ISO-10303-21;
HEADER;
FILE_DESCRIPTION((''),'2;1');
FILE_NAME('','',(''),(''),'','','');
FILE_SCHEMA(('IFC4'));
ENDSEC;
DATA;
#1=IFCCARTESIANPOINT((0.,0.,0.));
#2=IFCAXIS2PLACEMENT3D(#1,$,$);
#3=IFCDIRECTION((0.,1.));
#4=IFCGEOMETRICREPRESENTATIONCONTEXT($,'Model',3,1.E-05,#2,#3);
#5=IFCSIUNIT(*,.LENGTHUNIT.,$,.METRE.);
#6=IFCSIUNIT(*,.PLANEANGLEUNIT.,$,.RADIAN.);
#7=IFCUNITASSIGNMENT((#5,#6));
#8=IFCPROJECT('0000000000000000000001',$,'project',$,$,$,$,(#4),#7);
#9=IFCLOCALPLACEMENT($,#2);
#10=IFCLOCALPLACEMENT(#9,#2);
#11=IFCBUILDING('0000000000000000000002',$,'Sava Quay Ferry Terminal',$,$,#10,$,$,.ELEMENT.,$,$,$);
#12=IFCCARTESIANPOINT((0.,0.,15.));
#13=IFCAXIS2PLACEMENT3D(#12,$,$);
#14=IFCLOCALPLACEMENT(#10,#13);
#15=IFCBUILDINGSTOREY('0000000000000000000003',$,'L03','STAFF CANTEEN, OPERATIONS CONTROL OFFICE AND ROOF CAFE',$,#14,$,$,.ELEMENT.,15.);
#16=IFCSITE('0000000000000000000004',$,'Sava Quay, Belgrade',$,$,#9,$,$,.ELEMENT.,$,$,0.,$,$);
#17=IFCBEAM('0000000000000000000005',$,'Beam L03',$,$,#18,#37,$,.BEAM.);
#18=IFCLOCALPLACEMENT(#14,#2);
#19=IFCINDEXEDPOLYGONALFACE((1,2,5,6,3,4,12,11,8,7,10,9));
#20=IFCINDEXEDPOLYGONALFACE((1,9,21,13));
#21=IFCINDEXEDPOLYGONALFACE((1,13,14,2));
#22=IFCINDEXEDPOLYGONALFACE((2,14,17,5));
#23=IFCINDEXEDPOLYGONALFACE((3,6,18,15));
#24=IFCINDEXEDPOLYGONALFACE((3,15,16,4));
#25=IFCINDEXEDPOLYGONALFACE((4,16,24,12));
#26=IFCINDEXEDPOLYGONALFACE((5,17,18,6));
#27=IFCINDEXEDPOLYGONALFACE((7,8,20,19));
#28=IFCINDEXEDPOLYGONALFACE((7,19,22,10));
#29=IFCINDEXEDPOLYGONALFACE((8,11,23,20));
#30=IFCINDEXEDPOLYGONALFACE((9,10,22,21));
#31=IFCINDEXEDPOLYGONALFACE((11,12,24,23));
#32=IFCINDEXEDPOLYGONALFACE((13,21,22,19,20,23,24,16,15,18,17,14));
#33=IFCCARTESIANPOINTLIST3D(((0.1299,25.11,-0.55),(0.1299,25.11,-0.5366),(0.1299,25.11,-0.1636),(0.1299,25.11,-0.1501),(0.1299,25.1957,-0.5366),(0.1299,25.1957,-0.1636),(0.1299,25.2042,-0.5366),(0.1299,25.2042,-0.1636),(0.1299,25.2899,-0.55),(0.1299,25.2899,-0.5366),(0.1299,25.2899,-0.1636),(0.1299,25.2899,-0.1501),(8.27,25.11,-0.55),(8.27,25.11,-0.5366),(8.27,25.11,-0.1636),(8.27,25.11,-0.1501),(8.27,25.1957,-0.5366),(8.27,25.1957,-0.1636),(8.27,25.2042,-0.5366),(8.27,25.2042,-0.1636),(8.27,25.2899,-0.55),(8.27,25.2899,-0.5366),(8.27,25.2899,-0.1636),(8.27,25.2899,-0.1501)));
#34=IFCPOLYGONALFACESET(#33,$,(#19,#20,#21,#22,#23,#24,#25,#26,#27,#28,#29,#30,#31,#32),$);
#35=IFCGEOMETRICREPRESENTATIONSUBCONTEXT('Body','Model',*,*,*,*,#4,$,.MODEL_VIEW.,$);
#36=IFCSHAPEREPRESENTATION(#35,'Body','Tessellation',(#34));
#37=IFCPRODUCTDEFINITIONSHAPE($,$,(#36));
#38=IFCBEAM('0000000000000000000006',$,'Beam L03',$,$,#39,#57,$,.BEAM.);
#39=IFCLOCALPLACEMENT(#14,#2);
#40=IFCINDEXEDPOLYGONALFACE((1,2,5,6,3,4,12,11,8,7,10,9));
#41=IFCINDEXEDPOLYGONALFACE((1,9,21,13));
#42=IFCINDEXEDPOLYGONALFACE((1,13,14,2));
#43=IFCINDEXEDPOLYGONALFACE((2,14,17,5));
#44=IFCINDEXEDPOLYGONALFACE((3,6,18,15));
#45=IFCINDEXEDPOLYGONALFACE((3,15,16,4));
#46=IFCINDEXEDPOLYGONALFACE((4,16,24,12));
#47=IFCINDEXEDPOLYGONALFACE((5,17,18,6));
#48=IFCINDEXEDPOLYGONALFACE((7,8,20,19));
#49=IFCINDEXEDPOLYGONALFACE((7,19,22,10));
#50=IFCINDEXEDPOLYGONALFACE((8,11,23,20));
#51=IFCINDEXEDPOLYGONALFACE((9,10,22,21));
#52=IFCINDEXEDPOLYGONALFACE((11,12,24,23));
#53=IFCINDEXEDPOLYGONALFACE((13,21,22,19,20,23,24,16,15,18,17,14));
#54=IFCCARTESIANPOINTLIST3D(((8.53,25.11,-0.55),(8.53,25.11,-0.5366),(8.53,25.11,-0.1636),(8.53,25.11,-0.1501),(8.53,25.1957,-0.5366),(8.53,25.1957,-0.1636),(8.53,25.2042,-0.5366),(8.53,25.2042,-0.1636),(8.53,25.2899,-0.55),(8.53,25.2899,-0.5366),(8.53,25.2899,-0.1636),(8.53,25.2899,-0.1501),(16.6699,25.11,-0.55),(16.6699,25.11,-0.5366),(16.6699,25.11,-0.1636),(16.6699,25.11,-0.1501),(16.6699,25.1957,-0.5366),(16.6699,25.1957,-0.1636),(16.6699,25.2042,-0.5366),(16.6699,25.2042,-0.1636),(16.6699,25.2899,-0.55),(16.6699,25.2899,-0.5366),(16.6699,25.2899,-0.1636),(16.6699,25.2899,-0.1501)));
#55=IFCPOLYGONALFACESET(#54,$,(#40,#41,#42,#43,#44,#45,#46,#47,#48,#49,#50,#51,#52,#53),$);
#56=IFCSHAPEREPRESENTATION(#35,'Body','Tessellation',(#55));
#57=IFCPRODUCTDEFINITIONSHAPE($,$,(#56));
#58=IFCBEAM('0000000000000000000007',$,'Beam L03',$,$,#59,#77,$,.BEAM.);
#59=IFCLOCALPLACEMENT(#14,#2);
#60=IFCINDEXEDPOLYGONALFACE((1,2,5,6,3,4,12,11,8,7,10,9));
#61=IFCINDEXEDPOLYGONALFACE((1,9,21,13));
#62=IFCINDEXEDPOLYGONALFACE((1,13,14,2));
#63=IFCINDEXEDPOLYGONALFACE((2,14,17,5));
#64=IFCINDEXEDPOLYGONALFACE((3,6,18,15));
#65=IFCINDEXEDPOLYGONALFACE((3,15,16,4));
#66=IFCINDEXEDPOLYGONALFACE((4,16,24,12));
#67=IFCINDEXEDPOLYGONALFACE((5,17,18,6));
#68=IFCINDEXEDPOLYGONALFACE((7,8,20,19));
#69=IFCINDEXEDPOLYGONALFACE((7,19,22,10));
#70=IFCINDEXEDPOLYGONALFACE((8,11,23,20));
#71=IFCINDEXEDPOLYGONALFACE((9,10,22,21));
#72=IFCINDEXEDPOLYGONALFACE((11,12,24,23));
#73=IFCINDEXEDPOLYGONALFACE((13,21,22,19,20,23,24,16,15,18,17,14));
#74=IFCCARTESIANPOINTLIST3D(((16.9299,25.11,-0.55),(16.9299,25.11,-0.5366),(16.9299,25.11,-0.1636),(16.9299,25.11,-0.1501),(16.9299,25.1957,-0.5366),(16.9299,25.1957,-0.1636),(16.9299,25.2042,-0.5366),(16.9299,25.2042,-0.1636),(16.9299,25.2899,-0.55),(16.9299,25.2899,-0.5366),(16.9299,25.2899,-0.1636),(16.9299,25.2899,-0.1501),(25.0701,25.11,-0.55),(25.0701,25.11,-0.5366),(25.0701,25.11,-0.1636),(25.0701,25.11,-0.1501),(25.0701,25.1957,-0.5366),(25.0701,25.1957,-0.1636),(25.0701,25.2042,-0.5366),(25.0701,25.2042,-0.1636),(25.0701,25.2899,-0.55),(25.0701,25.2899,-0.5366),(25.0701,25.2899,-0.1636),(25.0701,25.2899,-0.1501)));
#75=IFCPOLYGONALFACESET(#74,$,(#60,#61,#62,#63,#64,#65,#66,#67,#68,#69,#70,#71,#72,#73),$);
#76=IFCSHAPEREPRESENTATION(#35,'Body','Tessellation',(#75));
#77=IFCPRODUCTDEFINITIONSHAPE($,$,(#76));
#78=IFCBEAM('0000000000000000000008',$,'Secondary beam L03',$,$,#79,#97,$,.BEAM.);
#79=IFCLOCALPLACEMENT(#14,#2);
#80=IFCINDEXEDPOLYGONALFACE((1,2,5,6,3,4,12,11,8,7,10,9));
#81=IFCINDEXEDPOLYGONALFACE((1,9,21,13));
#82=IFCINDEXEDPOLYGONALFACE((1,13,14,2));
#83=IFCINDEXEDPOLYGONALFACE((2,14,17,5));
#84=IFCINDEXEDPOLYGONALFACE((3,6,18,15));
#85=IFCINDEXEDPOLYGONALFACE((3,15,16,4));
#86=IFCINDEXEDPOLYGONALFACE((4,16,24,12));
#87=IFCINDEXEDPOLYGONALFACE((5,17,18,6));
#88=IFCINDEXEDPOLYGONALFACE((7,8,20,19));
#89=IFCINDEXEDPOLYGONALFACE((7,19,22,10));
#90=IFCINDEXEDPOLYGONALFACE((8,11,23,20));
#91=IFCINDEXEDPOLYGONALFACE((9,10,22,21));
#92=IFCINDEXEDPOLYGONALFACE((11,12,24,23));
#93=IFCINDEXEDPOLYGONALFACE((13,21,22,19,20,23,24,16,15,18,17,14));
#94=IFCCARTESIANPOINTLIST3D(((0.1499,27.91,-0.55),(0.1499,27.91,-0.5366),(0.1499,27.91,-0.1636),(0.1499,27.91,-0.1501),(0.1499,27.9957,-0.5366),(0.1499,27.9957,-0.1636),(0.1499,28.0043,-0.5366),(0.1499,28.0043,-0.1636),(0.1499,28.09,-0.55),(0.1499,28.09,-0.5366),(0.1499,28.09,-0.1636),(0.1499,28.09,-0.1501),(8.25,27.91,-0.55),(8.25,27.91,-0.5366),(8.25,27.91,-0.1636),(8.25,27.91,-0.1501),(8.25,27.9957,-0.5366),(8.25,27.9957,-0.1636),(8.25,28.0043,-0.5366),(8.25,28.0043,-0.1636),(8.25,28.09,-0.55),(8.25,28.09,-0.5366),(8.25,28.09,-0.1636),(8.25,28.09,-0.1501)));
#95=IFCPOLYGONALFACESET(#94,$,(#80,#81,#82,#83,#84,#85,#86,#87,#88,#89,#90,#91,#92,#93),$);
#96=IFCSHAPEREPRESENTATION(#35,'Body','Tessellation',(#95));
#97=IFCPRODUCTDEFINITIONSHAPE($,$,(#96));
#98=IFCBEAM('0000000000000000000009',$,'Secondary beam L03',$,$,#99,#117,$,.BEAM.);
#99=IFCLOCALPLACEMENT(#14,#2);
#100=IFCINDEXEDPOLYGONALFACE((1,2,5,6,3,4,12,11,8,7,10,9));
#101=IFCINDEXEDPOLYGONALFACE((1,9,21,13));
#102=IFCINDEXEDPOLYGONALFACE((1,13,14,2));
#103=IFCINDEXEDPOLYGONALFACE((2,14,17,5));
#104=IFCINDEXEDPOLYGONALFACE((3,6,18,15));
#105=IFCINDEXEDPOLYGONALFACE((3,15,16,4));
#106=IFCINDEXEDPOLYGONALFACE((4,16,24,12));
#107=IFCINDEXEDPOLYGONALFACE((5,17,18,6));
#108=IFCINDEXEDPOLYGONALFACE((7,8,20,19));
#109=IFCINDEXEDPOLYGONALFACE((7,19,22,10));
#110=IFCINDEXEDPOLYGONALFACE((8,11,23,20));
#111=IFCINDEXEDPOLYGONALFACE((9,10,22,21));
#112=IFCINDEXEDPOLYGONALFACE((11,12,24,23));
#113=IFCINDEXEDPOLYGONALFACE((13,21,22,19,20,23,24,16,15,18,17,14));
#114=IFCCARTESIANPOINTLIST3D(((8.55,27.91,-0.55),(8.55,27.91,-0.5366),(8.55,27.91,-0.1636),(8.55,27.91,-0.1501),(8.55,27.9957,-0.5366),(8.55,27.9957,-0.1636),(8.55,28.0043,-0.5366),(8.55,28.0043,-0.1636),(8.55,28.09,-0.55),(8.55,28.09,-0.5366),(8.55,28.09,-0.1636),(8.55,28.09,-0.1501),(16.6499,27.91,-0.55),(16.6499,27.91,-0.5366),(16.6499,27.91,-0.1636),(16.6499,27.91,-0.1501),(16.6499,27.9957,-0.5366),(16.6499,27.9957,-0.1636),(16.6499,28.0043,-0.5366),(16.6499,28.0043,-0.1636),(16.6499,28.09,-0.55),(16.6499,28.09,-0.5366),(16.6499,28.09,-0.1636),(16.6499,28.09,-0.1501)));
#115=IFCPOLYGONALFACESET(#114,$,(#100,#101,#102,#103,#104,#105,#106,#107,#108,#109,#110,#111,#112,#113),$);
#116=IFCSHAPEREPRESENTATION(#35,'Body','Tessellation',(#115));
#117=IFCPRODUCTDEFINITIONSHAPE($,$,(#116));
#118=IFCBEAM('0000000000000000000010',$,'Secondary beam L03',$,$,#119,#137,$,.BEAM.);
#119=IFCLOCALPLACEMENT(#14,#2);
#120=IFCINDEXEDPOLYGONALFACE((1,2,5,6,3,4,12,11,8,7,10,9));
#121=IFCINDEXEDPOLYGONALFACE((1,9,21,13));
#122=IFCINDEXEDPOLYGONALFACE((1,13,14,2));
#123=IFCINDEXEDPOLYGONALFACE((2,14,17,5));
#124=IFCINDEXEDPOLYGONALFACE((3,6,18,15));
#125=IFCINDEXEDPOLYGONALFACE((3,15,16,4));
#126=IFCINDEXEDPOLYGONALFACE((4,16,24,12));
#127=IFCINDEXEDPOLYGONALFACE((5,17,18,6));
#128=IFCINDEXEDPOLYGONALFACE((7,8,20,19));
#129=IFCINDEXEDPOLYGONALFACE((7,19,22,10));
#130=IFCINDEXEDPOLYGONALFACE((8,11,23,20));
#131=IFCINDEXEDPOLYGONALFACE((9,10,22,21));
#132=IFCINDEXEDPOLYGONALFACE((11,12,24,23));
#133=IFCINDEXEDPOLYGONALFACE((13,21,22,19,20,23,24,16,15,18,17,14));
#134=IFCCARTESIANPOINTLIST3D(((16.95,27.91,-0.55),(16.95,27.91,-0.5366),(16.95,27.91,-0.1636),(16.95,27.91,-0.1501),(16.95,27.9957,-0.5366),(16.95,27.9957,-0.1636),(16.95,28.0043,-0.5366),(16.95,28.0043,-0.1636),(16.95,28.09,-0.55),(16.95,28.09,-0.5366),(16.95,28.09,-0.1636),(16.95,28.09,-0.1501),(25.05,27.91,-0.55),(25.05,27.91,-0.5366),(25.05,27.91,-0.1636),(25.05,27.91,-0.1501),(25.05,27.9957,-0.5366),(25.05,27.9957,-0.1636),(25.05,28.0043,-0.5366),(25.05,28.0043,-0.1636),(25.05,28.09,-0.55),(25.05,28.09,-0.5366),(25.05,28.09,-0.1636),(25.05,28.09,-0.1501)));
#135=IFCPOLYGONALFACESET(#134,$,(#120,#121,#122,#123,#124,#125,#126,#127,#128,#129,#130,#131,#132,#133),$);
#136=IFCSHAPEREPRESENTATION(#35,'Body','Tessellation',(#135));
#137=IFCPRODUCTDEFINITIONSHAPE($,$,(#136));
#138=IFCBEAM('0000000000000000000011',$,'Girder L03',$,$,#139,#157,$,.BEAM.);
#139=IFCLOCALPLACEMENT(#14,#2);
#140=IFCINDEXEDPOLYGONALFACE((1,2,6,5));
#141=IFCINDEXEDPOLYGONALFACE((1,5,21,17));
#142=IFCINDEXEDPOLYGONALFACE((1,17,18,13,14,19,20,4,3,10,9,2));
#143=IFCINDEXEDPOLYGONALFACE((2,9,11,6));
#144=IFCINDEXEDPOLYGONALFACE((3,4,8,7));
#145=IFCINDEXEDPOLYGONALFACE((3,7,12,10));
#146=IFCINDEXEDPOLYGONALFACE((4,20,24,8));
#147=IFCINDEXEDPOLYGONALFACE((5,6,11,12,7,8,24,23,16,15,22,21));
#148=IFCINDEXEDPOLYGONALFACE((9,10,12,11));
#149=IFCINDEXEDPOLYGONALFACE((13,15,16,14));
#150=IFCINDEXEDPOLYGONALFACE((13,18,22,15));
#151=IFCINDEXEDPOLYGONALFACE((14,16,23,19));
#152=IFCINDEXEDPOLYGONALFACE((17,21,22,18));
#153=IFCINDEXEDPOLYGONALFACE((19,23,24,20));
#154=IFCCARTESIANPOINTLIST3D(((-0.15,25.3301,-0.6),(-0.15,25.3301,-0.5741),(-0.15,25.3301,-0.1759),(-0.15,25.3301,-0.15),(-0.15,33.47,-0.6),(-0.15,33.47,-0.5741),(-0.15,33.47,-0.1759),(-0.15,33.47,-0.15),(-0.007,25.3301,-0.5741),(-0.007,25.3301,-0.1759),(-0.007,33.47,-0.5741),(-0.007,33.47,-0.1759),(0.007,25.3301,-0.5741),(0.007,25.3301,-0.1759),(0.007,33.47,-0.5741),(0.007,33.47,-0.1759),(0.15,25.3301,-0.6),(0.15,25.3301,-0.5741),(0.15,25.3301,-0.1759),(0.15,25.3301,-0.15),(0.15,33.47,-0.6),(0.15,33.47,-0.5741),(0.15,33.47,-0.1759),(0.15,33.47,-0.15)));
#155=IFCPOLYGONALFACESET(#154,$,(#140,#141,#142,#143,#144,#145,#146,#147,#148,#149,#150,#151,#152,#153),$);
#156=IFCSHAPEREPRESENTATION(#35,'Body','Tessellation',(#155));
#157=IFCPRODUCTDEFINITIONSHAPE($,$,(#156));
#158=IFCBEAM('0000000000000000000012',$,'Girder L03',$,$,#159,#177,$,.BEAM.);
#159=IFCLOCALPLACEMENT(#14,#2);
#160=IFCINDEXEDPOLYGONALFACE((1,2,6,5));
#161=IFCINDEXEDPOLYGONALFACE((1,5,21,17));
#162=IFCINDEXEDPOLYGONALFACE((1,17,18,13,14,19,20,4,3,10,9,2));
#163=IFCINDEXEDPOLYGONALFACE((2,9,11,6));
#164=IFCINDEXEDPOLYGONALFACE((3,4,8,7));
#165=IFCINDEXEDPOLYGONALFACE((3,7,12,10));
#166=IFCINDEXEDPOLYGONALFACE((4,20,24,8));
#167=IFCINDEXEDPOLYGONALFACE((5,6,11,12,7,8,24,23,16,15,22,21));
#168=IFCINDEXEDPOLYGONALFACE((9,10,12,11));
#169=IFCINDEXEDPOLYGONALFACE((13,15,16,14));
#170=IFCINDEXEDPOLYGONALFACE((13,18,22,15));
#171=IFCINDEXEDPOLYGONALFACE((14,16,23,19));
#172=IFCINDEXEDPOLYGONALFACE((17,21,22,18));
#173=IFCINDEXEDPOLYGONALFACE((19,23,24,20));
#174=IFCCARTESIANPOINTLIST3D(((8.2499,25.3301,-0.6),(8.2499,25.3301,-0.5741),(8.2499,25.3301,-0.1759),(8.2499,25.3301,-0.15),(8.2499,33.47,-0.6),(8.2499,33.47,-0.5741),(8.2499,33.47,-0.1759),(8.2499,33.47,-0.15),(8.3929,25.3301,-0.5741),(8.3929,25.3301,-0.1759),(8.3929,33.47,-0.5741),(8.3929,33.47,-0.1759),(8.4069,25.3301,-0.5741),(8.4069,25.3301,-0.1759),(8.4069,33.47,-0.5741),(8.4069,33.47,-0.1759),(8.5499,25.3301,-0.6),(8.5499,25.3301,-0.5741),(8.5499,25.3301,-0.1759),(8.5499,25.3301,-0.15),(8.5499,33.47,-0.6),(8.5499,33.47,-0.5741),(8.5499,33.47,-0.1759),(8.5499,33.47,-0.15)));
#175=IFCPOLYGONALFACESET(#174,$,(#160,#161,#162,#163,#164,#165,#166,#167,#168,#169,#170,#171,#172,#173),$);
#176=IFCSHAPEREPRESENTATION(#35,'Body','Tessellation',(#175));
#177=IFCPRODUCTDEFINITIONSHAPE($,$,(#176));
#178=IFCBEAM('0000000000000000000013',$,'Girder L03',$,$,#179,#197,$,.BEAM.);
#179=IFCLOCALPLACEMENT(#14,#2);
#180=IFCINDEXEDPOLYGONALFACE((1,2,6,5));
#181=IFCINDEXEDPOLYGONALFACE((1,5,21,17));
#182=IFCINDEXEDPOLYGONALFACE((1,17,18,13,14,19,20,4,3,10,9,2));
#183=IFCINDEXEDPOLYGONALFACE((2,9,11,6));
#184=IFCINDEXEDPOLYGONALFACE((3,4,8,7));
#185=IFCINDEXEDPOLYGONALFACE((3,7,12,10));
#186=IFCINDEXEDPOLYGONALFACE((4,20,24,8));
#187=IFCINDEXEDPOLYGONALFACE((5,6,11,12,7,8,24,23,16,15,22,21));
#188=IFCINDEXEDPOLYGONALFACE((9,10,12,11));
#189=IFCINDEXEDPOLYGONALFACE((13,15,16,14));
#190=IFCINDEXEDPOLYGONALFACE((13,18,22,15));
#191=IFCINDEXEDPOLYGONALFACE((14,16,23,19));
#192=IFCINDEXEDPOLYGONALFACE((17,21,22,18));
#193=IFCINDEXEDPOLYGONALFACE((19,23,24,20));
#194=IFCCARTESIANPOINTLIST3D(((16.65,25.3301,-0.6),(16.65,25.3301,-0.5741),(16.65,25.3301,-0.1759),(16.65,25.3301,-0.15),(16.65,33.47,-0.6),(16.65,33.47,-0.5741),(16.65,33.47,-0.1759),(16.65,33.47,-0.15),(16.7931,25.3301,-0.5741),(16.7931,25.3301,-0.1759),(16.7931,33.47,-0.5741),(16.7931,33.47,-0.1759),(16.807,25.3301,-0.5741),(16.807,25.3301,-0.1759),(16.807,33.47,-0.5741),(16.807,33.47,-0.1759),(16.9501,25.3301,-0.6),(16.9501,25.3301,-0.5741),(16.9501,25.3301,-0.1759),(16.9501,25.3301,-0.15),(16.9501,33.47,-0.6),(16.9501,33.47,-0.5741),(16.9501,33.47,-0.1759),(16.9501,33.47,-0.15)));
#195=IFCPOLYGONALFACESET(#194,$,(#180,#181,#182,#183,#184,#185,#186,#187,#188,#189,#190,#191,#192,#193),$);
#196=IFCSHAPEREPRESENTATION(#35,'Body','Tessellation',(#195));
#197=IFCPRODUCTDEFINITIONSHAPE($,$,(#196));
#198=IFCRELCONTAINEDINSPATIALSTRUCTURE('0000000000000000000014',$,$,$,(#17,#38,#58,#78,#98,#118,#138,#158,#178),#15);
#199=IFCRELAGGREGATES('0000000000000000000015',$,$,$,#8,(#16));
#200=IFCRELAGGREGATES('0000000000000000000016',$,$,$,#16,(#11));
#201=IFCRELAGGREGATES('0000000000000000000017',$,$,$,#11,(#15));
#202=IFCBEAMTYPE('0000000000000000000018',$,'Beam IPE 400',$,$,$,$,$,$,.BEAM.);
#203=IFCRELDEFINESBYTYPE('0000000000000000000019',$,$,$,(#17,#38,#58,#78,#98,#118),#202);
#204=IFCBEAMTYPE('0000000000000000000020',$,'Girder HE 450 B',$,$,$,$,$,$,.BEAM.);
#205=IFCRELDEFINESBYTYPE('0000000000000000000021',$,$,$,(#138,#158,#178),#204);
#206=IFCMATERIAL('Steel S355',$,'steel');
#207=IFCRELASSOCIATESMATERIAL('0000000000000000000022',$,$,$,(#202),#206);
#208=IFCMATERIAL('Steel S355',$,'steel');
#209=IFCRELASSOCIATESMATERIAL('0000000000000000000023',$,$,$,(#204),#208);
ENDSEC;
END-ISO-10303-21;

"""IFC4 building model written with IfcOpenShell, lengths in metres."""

from ifc_helpers import new_model, si_unit, direction, frame, origin, origin_2d, place, context, subcontext, project, spatial, i_section, extrude, material, material_profile, profile_set, type_object, element, save


model = new_model("IFC4")

# Units and contexts
model_context = context("Model", 3, precision=1e-05, world=origin(), true_north=direction((0.0, 1.0)))
body_context = subcontext(model_context, "Body", "Model", "MODEL_VIEW")
ifc_project = project(units=[si_unit("LENGTHUNIT", "METRE"), si_unit("PLANEANGLEUNIT", "RADIAN")], contexts=[model_context])

# Site, building, storey
site_placement = place(None, origin())
site = spatial("IfcSite", under=ifc_project, at=site_placement, Name="Sava Quay, Belgrade", CompositionType="ELEMENT", RefElevation=0.0)
building_placement = place(site_placement, origin())
building = spatial("IfcBuilding", under=site, at=building_placement, Name="Sava Quay Ferry Terminal", CompositionType="ELEMENT")
storey_placement = place(building_placement, frame((0.0, 0.0, 15.0)))
storey = spatial("IfcBuildingStorey", under=building, at=storey_placement, Name="L03", Description="STAFF CANTEEN, OPERATIONS CONTROL OFFICE AND ROOF CAFE", CompositionType="ELEMENT", Elevation=15.0)

# Beams
ifc_material_1 = material(Name="Steel S355", Category="steel")
ifc_material_profile_1 = material_profile(ifc_material_1, i_section(OverallWidth=0.1799, OverallDepth=0.3999, WebThickness=0.0085, FlangeThickness=0.0134, at=origin_2d()), Name="IPE 400")
ifc_profile_set_1 = profile_set([ifc_material_profile_1], Name="Steel S355")
beam_type_1 = type_object("IfcBeamType", Name="Beam IPE 400", PredefinedType="BEAM", material=ifc_profile_set_1)
beam_1_placement = place(storey_placement, frame((0.1299, 25.2, -0.3501), z_axis=(1.0, 0.0, 0.0), x_axis=(0.0, 1.0, 0.0)))
element("IfcBeam", 1, at=beam_1_placement, inside=storey, type_object=beam_type_1, Name="Beam L03", PredefinedType="BEAM", context=body_context, shape_type="SweptSolid", body=[
    extrude(i_section(OverallWidth=0.1799, OverallDepth=0.3999, WebThickness=0.0085, FlangeThickness=0.0134, at=origin_2d()), origin(), (0.0, 0.0, 1.0), 8.1401),
])
beam_2_placement = place(storey_placement, frame((8.53, 25.2, -0.3501), z_axis=(1.0, 0.0, 0.0), x_axis=(0.0, 1.0, 0.0)))
element("IfcBeam", 2, at=beam_2_placement, inside=storey, type_object=beam_type_1, Name="Beam L03", PredefinedType="BEAM", context=body_context, shape_type="SweptSolid", body=[
    extrude(i_section(OverallWidth=0.1799, OverallDepth=0.3999, WebThickness=0.0085, FlangeThickness=0.0134, at=origin_2d()), origin(), (0.0, 0.0, 1.0), 8.1399),
])
beam_3_placement = place(storey_placement, frame((16.9299, 25.2, -0.3501), z_axis=(1.0, 0.0, 0.0), x_axis=(0.0, 1.0, 0.0)))
element("IfcBeam", 3, at=beam_3_placement, inside=storey, type_object=beam_type_1, Name="Beam L03", PredefinedType="BEAM", context=body_context, shape_type="SweptSolid", body=[
    extrude(i_section(OverallWidth=0.1799, OverallDepth=0.3999, WebThickness=0.0085, FlangeThickness=0.0134, at=origin_2d()), origin(), (0.0, 0.0, 1.0), 8.1401),
])
beam_4_placement = place(storey_placement, frame((0.1499, 28.0, -0.3501), z_axis=(1.0, 0.0, 0.0), x_axis=(0.0, 1.0, 0.0)))
element("IfcBeam", 4, at=beam_4_placement, inside=storey, type_object=beam_type_1, Name="Secondary beam L03", PredefinedType="BEAM", context=body_context, shape_type="SweptSolid", body=[
    extrude(i_section(OverallWidth=0.1799, OverallDepth=0.3999, WebThickness=0.0085, FlangeThickness=0.0134, at=origin_2d()), origin(), (0.0, 0.0, 1.0), 8.1001),
])
beam_5_placement = place(storey_placement, frame((8.55, 28.0, -0.3501), z_axis=(1.0, 0.0, 0.0), x_axis=(0.0, 1.0, 0.0)))
element("IfcBeam", 5, at=beam_5_placement, inside=storey, type_object=beam_type_1, Name="Secondary beam L03", PredefinedType="BEAM", context=body_context, shape_type="SweptSolid", body=[
    extrude(i_section(OverallWidth=0.1799, OverallDepth=0.3999, WebThickness=0.0085, FlangeThickness=0.0134, at=origin_2d()), origin(), (0.0, 0.0, 1.0), 8.0999),
])
beam_6_placement = place(storey_placement, frame((16.95, 28.0, -0.3501), z_axis=(1.0, 0.0, 0.0), x_axis=(0.0, 1.0, 0.0)))
element("IfcBeam", 6, at=beam_6_placement, inside=storey, type_object=beam_type_1, Name="Secondary beam L03", PredefinedType="BEAM", context=body_context, shape_type="SweptSolid", body=[
    extrude(i_section(OverallWidth=0.1799, OverallDepth=0.3999, WebThickness=0.0085, FlangeThickness=0.0134, at=origin_2d()), origin(), (0.0, 0.0, 1.0), 8.1001),
])
ifc_material_2 = material(Name="Steel S355", Category="steel")
ifc_material_profile_2 = material_profile(ifc_material_2, i_section(OverallWidth=0.3, OverallDepth=0.45, WebThickness=0.0139, FlangeThickness=0.0259, at=origin_2d()), Name="HE 450 B")
ifc_profile_set_2 = profile_set([ifc_material_profile_2], Name="Steel S355")
beam_type_2 = type_object("IfcBeamType", Name="Girder HE 450 B", PredefinedType="BEAM", material=ifc_profile_set_2)
for number, where, z_axis, x_axis, name in (
    (7, (0.0, 25.3301, -0.375), (0.0, 1.0, 0.0), (-1.0, 0.0, 0.0), "Girder L03"),
    (8, (8.3999, 25.3301, -0.375), (0.0, 1.0, 0.0), (-1.0, 0.0, 0.0), "Girder L03"),
    (9, (16.8, 25.3301, -0.375), (0.0, 1.0, 0.0), (-1.0, 0.0, 0.0), "Girder L03"),
):
    element("IfcBeam", number, at=place(storey_placement, frame(where, z_axis=z_axis, x_axis=x_axis)), inside=storey, type_object=beam_type_2, Name=name, PredefinedType="BEAM", context=body_context, shape_type="SweptSolid", body=[
        extrude(i_section(OverallWidth=0.3, OverallDepth=0.45, WebThickness=0.0139, FlangeThickness=0.0259, at=origin_2d()), origin(), (0.0, 0.0, 1.0), 8.1399),
    ])

save(model, "model.ifc")
